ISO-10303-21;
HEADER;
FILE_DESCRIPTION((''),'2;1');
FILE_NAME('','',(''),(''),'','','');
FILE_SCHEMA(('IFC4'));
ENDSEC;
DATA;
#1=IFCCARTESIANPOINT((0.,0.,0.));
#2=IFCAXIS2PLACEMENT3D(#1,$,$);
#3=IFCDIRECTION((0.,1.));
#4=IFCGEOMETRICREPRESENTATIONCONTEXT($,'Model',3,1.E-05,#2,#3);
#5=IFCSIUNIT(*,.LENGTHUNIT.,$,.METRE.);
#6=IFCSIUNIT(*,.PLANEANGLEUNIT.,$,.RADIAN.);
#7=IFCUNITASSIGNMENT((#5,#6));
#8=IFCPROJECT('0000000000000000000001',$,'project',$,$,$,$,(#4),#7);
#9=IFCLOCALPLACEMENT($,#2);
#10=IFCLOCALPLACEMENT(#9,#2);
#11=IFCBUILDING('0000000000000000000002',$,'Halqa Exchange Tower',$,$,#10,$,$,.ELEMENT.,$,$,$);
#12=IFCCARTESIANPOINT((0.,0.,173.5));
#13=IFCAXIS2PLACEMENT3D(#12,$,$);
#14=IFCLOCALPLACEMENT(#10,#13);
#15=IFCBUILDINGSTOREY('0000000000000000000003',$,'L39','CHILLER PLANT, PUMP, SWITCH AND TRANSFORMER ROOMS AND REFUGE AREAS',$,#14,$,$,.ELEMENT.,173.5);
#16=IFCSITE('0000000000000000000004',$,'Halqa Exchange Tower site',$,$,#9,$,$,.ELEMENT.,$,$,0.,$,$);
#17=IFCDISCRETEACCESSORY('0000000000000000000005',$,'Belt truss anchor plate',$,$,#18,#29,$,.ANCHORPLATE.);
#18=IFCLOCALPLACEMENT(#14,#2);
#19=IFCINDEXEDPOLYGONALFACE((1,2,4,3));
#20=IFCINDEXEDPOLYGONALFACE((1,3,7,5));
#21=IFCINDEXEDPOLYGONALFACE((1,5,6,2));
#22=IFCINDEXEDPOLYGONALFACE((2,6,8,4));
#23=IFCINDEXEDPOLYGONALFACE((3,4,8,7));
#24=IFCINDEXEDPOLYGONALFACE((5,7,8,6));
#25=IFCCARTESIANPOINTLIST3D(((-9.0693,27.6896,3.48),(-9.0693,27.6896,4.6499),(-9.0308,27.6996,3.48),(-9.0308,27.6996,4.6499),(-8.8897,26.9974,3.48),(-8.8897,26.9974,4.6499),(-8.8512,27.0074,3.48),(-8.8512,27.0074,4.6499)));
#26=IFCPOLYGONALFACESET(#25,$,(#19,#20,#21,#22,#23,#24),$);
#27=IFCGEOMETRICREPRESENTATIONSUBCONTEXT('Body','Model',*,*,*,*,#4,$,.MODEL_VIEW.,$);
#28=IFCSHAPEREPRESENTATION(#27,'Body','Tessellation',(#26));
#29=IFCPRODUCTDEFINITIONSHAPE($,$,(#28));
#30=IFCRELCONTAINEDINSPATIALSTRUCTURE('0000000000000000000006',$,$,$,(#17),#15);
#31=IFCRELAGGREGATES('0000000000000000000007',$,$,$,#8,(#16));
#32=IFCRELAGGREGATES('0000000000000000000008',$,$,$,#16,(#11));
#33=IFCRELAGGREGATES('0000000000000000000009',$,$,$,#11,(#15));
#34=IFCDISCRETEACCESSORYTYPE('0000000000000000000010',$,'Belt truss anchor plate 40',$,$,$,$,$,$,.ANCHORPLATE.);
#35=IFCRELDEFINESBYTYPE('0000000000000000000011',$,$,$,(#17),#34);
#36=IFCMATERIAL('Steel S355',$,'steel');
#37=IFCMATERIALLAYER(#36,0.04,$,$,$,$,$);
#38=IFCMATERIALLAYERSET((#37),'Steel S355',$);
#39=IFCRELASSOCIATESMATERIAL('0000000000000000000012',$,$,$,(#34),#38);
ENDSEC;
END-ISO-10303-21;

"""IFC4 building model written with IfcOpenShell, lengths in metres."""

from ifc_helpers import new_model, si_unit, direction, frame, origin, origin_2d, place, context, subcontext, project, spatial, rectangle, extrude, material, layer, layer_set, type_object, element, save


model = new_model("IFC4")

# Units and contexts
model_context = context("Model", 3, precision=1e-05, world=origin(), true_north=direction((0.0, 1.0)))
body_context = subcontext(model_context, "Body", "Model", "MODEL_VIEW")
ifc_project = project(units=[si_unit("LENGTHUNIT", "METRE"), si_unit("PLANEANGLEUNIT", "RADIAN")], contexts=[model_context])

# Site, building, storey
site_placement = place(None, origin())
site = spatial("IfcSite", under=ifc_project, at=site_placement, Name="Halqa Exchange Tower site", CompositionType="ELEMENT", RefElevation=0.0)
building_placement = place(site_placement, origin())
building = spatial("IfcBuilding", under=site, at=building_placement, Name="Halqa Exchange Tower", CompositionType="ELEMENT")
storey_placement = place(building_placement, frame((0.0, 0.0, 173.5)))
storey = spatial("IfcBuildingStorey", under=building, at=storey_placement, Name="L39", Description="CHILLER PLANT, PUMP, SWITCH AND TRANSFORMER ROOMS AND REFUGE AREAS", CompositionType="ELEMENT", Elevation=173.5)

# Shared definitions
ifc_material_1 = material(Name="Steel S355", Category="steel")

# Discrete accessory
ifc_layer_1 = layer(ifc_material_1, 0.04)
ifc_layer_set_1 = layer_set([ifc_layer_1], Name="Steel S355")
discrete_accessory_type = type_object("IfcDiscreteAccessoryType", Name="Belt truss anchor plate 40", PredefinedType="ANCHORPLATE", material=ifc_layer_set_1)
discrete_accessory_1_placement = place(storey_placement, frame((-8.9795, 27.3435, 4.0649), z_axis=(0.967942, 0.251175, 0.0), x_axis=(-0.251175, 0.967942, 0.0)))
element("IfcDiscreteAccessory", 1, at=discrete_accessory_1_placement, inside=storey, type_object=discrete_accessory_type, Name="Belt truss anchor plate", PredefinedType="ANCHORPLATE", context=body_context, shape_type="SweptSolid", body=[
    extrude(rectangle(XDim=0.7151, YDim=1.1699, at=origin_2d()), origin(), (0.0, 0.0, 1.0), 0.0398),
])

save(model, "model.ifc")
